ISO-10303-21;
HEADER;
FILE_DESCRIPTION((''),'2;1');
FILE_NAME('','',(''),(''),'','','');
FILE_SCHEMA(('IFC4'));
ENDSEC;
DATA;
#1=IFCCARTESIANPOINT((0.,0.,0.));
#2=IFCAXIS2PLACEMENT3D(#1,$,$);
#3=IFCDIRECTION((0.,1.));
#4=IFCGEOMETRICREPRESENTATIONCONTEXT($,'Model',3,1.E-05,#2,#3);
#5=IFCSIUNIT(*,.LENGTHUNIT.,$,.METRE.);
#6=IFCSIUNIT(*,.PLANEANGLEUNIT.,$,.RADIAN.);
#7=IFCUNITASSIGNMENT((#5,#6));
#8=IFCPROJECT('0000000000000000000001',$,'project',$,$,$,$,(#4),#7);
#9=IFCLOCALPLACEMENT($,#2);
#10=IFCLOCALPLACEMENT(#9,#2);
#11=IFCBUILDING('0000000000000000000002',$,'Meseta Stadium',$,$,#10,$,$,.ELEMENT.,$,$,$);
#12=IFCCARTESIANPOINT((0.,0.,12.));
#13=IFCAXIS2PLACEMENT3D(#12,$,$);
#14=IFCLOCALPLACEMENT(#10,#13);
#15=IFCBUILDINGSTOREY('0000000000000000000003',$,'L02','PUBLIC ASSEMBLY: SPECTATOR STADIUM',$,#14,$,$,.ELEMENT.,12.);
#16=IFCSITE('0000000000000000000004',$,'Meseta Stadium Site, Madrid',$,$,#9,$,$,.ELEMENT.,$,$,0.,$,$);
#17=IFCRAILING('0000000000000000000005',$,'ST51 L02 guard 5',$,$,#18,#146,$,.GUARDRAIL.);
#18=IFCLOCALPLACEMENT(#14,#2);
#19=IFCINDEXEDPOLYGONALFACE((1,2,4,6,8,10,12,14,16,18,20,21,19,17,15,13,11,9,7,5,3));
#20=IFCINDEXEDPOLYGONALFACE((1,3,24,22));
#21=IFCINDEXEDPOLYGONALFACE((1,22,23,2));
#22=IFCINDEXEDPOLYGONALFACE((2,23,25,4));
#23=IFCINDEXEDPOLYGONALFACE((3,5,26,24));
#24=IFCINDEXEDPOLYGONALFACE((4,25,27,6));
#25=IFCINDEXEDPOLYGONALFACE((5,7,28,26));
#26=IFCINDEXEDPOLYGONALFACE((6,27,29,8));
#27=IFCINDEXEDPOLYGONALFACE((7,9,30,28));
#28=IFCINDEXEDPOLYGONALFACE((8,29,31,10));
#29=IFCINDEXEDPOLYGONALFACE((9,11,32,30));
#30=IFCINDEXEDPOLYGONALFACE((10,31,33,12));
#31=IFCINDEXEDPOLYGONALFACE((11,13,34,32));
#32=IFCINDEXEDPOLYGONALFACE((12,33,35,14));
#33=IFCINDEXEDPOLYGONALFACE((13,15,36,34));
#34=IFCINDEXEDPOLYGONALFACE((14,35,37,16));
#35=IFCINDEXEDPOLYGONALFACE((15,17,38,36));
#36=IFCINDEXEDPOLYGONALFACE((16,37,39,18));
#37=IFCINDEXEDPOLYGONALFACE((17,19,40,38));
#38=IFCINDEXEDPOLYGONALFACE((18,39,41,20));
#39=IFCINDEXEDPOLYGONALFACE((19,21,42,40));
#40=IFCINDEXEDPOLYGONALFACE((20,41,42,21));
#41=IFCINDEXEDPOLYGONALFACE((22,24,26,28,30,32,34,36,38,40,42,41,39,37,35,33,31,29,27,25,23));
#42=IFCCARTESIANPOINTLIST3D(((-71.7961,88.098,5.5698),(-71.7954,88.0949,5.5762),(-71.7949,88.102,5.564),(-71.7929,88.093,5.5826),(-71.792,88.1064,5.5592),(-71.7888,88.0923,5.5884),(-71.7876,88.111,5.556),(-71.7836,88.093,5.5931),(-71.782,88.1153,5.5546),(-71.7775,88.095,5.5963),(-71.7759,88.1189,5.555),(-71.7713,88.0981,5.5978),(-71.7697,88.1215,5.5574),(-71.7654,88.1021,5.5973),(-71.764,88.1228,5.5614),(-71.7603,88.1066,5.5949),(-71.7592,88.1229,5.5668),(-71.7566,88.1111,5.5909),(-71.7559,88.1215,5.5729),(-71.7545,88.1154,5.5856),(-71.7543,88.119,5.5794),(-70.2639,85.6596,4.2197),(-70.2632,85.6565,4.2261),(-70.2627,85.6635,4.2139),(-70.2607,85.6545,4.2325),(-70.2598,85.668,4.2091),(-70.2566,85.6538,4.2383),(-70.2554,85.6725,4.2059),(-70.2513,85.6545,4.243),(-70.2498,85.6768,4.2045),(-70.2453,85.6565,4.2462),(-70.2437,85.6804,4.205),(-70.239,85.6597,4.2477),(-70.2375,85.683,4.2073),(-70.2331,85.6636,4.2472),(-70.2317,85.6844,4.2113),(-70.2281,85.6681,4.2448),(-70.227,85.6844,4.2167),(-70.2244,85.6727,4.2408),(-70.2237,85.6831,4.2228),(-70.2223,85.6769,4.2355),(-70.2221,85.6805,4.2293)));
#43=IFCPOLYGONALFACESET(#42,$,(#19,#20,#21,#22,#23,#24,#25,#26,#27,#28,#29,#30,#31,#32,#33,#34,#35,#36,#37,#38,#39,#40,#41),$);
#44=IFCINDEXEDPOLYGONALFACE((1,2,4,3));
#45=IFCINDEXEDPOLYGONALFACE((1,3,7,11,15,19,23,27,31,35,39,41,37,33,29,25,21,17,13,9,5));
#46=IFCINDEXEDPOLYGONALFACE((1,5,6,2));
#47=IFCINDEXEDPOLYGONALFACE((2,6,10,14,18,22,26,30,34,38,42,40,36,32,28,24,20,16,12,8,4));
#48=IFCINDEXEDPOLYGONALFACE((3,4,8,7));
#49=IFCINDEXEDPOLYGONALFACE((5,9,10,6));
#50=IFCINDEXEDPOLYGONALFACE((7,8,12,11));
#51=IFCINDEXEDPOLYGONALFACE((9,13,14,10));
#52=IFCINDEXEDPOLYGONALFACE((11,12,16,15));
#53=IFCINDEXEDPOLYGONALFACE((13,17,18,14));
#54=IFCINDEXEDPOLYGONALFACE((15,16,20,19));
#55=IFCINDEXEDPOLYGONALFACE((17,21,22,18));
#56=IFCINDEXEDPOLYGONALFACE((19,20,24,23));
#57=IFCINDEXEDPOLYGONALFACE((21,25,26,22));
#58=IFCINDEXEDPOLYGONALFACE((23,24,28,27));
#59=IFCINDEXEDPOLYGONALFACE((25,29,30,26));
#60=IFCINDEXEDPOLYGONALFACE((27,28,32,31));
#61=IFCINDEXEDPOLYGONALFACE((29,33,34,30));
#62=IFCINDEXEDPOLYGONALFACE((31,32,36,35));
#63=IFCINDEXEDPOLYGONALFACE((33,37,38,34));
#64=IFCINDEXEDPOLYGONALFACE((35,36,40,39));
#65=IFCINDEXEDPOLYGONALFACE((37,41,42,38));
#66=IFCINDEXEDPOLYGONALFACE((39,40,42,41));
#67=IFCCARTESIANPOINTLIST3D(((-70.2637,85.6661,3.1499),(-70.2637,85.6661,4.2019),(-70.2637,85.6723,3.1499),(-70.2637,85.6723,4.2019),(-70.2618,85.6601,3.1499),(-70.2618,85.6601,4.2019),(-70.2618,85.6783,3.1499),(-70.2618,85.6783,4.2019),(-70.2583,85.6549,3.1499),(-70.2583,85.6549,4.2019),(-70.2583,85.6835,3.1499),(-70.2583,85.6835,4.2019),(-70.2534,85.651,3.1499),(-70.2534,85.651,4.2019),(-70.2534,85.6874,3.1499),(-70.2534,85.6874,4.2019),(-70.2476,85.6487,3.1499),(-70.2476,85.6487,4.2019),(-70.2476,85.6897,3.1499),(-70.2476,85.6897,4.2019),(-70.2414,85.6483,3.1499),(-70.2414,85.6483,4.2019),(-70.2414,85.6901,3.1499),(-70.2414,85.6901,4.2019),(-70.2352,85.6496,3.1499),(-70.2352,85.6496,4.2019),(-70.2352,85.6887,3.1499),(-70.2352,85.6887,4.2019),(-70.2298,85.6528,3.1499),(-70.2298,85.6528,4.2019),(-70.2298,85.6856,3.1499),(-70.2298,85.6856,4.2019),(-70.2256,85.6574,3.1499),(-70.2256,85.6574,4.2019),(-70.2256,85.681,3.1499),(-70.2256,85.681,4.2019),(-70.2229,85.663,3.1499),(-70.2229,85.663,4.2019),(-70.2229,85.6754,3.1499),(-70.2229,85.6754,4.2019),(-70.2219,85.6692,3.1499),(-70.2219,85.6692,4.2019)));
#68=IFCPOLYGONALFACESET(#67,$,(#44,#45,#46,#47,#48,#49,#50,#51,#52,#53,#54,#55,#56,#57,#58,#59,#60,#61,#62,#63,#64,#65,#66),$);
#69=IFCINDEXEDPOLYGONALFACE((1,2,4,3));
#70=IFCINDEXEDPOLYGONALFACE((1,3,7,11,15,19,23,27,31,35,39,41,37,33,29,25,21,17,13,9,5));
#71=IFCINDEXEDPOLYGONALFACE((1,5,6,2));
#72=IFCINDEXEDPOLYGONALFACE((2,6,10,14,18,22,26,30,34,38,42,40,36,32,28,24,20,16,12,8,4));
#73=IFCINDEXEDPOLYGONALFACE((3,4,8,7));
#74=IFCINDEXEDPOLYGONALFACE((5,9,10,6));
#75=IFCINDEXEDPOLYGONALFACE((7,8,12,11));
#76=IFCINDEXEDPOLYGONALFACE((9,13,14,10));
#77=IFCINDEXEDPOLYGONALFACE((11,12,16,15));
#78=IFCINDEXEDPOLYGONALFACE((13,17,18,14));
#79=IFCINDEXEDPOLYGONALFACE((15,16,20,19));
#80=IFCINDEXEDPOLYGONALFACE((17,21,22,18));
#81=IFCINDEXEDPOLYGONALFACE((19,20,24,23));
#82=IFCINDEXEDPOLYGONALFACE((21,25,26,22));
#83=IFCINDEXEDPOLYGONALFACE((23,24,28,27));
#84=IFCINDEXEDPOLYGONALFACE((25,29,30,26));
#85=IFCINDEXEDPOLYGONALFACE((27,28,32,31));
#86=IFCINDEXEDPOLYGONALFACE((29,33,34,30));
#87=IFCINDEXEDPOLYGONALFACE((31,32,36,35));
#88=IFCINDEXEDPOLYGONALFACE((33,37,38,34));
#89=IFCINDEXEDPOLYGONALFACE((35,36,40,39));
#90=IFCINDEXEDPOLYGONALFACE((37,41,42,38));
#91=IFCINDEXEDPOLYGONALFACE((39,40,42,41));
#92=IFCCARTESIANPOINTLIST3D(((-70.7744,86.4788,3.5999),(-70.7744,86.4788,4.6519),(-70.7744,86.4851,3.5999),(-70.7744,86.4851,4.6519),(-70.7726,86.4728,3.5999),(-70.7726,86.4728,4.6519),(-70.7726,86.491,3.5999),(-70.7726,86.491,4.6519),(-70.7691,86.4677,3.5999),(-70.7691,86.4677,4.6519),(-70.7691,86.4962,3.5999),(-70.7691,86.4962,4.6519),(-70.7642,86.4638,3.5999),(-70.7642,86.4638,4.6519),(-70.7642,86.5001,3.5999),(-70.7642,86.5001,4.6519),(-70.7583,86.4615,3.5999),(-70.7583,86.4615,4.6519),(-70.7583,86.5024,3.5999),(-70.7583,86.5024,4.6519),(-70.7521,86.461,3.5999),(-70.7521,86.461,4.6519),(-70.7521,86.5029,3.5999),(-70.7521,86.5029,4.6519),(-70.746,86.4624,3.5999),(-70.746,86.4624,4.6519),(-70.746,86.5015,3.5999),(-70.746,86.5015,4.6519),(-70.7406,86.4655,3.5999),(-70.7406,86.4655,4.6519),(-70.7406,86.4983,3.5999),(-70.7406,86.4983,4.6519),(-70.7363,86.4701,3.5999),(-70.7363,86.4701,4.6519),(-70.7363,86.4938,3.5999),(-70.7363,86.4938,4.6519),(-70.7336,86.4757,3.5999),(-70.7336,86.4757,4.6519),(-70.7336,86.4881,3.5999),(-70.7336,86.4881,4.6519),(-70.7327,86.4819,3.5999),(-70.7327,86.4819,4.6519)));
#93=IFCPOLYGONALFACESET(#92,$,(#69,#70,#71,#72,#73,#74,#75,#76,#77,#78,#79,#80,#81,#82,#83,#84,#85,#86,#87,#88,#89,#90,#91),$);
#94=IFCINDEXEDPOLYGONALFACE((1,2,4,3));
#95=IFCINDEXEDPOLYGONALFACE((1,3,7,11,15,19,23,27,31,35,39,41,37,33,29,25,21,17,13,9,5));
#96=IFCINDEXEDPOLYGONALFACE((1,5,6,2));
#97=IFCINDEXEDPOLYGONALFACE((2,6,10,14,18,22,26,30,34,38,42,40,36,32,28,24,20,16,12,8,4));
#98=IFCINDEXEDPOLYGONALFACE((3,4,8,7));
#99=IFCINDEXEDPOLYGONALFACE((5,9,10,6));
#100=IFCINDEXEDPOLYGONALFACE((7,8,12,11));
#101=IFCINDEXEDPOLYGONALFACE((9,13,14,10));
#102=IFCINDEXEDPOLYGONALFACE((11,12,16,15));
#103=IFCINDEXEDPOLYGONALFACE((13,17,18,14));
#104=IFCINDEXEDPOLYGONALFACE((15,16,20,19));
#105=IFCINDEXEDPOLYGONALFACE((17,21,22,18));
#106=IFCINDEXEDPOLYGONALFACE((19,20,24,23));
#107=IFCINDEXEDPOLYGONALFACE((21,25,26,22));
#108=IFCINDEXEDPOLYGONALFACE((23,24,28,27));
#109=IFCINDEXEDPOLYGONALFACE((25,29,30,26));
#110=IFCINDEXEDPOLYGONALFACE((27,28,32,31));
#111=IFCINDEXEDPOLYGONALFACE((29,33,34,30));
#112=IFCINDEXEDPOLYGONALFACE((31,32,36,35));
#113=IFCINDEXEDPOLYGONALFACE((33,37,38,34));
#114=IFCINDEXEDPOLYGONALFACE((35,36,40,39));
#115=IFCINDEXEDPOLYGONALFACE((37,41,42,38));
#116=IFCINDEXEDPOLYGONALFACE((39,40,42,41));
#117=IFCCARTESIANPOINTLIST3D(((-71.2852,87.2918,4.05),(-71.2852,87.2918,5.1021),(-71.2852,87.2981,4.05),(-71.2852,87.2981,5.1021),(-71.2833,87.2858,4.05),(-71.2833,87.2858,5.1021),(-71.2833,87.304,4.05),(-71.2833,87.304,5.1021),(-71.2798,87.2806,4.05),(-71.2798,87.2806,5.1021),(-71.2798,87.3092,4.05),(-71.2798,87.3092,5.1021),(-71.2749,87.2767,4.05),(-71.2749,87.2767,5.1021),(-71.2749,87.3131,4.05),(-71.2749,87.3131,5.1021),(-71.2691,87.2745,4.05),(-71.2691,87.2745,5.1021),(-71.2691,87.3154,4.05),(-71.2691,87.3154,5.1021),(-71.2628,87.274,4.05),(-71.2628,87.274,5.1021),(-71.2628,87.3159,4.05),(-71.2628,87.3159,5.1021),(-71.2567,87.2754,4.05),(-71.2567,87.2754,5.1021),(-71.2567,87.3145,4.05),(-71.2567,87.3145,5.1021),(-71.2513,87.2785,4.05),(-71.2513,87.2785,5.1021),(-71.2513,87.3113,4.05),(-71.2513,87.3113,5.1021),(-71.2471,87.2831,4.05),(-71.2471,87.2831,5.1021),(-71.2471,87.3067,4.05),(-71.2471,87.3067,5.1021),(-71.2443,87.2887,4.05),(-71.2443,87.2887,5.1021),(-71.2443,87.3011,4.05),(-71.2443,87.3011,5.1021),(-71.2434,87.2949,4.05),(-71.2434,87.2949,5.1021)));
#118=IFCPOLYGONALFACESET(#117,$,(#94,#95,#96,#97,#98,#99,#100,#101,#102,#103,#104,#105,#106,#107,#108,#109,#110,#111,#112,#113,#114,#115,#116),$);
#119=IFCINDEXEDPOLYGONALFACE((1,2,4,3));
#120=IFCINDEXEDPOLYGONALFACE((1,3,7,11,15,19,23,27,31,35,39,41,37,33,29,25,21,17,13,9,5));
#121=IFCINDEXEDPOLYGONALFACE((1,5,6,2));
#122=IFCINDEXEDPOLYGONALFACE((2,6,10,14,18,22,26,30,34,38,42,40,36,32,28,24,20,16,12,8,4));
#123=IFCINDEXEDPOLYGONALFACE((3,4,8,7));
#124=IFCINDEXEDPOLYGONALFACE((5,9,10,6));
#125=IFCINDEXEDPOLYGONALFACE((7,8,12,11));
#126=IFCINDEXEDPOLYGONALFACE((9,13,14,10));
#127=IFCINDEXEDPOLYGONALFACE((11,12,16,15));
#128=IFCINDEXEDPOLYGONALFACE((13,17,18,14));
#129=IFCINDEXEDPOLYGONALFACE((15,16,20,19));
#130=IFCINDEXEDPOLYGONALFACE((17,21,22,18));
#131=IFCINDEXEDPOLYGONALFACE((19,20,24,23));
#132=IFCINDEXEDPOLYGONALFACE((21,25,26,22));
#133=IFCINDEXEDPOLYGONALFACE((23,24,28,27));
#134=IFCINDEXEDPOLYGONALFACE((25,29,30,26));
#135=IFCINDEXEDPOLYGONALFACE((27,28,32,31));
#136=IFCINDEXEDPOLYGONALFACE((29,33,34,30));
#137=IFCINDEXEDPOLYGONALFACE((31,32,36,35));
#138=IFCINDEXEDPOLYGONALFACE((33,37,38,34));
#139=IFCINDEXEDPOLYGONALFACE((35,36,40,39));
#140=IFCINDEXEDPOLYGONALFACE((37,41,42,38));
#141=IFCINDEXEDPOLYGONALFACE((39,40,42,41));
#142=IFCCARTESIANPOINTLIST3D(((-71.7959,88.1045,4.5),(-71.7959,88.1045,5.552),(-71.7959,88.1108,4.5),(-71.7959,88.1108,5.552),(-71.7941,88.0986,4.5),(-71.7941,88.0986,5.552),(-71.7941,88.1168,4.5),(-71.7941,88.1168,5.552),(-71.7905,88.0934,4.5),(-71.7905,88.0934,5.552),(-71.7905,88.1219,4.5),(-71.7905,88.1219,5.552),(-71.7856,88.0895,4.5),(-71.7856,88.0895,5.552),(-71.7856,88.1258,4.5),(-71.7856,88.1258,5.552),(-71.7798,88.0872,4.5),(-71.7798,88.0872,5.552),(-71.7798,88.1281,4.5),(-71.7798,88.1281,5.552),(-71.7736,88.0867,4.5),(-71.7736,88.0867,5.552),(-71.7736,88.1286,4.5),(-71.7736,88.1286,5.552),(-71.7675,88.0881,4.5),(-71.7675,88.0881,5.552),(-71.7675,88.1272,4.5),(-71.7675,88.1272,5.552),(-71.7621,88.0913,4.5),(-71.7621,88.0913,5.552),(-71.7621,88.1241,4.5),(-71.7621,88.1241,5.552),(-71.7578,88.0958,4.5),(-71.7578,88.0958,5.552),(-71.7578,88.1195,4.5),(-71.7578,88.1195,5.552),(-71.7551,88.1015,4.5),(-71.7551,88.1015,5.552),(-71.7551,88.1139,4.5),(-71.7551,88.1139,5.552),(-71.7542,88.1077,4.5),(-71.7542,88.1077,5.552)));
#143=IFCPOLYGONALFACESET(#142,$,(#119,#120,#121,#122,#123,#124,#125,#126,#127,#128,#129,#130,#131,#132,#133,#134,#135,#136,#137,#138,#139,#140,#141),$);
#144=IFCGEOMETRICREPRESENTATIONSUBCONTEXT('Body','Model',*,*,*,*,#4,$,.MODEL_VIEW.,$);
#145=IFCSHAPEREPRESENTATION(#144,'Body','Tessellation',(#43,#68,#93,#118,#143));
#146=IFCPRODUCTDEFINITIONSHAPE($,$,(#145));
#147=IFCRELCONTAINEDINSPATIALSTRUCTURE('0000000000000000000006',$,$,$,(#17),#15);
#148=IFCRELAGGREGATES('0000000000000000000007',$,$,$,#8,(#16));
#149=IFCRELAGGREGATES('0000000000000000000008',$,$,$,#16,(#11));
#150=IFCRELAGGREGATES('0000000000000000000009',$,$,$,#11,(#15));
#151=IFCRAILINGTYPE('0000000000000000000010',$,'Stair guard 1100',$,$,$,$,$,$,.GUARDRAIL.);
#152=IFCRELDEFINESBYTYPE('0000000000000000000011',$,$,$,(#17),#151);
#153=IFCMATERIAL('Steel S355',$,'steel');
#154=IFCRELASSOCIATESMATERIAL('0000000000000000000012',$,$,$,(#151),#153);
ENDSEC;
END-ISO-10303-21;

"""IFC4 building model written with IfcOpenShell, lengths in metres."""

from ifc_helpers import new_model, si_unit, direction, frame, origin, origin_2d, place, context, subcontext, project, spatial, circle, extrude, material, type_object, element, save


model = new_model("IFC4")

# Units and contexts
model_context = context("Model", 3, precision=1e-05, world=origin(), true_north=direction((0.0, 1.0)))
body_context = subcontext(model_context, "Body", "Model", "MODEL_VIEW")
ifc_project = project(units=[si_unit("LENGTHUNIT", "METRE"), si_unit("PLANEANGLEUNIT", "RADIAN")], contexts=[model_context])

# Site, building, storey
site_placement = place(None, origin())
site = spatial("IfcSite", under=ifc_project, at=site_placement, Name="Meseta Stadium Site, Madrid", CompositionType="ELEMENT", RefElevation=0.0)
building_placement = place(site_placement, origin())
building = spatial("IfcBuilding", under=site, at=building_placement, Name="Meseta Stadium", CompositionType="ELEMENT")
storey_placement = place(building_placement, frame((0.0, 0.0, 12.0)))
storey = spatial("IfcBuildingStorey", under=building, at=storey_placement, Name="L02", Description="PUBLIC ASSEMBLY: SPECTATOR STADIUM", CompositionType="ELEMENT", Elevation=12.0)

# Railing
ifc_material_1 = material(Name="Steel S355", Category="steel")
railing_type_1 = type_object("IfcRailingType", Name="Stair guard 1100", PredefinedType="GUARDRAIL", material=ifc_material_1)
railing_1_placement = place(storey_placement, frame((-70.2429, 85.6692, 3.1499)))
element("IfcRailing", 1, at=railing_1_placement, inside=storey, type_object=railing_type_1, Name="ST51 L02 guard 5", PredefinedType="GUARDRAIL", context=body_context, shape_type="SweptSolid", body=[
    extrude(circle(Radius=0.0239, at=origin_2d()), frame((0.0, 0.0, 1.0762), z_axis=(-0.481731, 0.766655, 0.42447), x_axis=(-0.846719, -0.53204, 0.0)), (0.0, 0.0, 1.0), 3.1807),
    extrude(circle(Radius=0.021, at=origin_2d()), origin(), (0.0, 0.0, 1.0), 1.052),
    extrude(circle(Radius=0.021, at=origin_2d()), frame((-0.5107, 0.8127, 0.45)), (0.0, 0.0, 1.0), 1.052),
    extrude(circle(Radius=0.021, at=origin_2d()), frame((-1.0215, 1.6257, 0.9001)), (0.0, 0.0, 1.0), 1.052),
    extrude(circle(Radius=0.021, at=origin_2d()), frame((-1.5322, 2.4385, 1.3501)), (0.0, 0.0, 1.0), 1.052),
])

save(model, "model.ifc")
